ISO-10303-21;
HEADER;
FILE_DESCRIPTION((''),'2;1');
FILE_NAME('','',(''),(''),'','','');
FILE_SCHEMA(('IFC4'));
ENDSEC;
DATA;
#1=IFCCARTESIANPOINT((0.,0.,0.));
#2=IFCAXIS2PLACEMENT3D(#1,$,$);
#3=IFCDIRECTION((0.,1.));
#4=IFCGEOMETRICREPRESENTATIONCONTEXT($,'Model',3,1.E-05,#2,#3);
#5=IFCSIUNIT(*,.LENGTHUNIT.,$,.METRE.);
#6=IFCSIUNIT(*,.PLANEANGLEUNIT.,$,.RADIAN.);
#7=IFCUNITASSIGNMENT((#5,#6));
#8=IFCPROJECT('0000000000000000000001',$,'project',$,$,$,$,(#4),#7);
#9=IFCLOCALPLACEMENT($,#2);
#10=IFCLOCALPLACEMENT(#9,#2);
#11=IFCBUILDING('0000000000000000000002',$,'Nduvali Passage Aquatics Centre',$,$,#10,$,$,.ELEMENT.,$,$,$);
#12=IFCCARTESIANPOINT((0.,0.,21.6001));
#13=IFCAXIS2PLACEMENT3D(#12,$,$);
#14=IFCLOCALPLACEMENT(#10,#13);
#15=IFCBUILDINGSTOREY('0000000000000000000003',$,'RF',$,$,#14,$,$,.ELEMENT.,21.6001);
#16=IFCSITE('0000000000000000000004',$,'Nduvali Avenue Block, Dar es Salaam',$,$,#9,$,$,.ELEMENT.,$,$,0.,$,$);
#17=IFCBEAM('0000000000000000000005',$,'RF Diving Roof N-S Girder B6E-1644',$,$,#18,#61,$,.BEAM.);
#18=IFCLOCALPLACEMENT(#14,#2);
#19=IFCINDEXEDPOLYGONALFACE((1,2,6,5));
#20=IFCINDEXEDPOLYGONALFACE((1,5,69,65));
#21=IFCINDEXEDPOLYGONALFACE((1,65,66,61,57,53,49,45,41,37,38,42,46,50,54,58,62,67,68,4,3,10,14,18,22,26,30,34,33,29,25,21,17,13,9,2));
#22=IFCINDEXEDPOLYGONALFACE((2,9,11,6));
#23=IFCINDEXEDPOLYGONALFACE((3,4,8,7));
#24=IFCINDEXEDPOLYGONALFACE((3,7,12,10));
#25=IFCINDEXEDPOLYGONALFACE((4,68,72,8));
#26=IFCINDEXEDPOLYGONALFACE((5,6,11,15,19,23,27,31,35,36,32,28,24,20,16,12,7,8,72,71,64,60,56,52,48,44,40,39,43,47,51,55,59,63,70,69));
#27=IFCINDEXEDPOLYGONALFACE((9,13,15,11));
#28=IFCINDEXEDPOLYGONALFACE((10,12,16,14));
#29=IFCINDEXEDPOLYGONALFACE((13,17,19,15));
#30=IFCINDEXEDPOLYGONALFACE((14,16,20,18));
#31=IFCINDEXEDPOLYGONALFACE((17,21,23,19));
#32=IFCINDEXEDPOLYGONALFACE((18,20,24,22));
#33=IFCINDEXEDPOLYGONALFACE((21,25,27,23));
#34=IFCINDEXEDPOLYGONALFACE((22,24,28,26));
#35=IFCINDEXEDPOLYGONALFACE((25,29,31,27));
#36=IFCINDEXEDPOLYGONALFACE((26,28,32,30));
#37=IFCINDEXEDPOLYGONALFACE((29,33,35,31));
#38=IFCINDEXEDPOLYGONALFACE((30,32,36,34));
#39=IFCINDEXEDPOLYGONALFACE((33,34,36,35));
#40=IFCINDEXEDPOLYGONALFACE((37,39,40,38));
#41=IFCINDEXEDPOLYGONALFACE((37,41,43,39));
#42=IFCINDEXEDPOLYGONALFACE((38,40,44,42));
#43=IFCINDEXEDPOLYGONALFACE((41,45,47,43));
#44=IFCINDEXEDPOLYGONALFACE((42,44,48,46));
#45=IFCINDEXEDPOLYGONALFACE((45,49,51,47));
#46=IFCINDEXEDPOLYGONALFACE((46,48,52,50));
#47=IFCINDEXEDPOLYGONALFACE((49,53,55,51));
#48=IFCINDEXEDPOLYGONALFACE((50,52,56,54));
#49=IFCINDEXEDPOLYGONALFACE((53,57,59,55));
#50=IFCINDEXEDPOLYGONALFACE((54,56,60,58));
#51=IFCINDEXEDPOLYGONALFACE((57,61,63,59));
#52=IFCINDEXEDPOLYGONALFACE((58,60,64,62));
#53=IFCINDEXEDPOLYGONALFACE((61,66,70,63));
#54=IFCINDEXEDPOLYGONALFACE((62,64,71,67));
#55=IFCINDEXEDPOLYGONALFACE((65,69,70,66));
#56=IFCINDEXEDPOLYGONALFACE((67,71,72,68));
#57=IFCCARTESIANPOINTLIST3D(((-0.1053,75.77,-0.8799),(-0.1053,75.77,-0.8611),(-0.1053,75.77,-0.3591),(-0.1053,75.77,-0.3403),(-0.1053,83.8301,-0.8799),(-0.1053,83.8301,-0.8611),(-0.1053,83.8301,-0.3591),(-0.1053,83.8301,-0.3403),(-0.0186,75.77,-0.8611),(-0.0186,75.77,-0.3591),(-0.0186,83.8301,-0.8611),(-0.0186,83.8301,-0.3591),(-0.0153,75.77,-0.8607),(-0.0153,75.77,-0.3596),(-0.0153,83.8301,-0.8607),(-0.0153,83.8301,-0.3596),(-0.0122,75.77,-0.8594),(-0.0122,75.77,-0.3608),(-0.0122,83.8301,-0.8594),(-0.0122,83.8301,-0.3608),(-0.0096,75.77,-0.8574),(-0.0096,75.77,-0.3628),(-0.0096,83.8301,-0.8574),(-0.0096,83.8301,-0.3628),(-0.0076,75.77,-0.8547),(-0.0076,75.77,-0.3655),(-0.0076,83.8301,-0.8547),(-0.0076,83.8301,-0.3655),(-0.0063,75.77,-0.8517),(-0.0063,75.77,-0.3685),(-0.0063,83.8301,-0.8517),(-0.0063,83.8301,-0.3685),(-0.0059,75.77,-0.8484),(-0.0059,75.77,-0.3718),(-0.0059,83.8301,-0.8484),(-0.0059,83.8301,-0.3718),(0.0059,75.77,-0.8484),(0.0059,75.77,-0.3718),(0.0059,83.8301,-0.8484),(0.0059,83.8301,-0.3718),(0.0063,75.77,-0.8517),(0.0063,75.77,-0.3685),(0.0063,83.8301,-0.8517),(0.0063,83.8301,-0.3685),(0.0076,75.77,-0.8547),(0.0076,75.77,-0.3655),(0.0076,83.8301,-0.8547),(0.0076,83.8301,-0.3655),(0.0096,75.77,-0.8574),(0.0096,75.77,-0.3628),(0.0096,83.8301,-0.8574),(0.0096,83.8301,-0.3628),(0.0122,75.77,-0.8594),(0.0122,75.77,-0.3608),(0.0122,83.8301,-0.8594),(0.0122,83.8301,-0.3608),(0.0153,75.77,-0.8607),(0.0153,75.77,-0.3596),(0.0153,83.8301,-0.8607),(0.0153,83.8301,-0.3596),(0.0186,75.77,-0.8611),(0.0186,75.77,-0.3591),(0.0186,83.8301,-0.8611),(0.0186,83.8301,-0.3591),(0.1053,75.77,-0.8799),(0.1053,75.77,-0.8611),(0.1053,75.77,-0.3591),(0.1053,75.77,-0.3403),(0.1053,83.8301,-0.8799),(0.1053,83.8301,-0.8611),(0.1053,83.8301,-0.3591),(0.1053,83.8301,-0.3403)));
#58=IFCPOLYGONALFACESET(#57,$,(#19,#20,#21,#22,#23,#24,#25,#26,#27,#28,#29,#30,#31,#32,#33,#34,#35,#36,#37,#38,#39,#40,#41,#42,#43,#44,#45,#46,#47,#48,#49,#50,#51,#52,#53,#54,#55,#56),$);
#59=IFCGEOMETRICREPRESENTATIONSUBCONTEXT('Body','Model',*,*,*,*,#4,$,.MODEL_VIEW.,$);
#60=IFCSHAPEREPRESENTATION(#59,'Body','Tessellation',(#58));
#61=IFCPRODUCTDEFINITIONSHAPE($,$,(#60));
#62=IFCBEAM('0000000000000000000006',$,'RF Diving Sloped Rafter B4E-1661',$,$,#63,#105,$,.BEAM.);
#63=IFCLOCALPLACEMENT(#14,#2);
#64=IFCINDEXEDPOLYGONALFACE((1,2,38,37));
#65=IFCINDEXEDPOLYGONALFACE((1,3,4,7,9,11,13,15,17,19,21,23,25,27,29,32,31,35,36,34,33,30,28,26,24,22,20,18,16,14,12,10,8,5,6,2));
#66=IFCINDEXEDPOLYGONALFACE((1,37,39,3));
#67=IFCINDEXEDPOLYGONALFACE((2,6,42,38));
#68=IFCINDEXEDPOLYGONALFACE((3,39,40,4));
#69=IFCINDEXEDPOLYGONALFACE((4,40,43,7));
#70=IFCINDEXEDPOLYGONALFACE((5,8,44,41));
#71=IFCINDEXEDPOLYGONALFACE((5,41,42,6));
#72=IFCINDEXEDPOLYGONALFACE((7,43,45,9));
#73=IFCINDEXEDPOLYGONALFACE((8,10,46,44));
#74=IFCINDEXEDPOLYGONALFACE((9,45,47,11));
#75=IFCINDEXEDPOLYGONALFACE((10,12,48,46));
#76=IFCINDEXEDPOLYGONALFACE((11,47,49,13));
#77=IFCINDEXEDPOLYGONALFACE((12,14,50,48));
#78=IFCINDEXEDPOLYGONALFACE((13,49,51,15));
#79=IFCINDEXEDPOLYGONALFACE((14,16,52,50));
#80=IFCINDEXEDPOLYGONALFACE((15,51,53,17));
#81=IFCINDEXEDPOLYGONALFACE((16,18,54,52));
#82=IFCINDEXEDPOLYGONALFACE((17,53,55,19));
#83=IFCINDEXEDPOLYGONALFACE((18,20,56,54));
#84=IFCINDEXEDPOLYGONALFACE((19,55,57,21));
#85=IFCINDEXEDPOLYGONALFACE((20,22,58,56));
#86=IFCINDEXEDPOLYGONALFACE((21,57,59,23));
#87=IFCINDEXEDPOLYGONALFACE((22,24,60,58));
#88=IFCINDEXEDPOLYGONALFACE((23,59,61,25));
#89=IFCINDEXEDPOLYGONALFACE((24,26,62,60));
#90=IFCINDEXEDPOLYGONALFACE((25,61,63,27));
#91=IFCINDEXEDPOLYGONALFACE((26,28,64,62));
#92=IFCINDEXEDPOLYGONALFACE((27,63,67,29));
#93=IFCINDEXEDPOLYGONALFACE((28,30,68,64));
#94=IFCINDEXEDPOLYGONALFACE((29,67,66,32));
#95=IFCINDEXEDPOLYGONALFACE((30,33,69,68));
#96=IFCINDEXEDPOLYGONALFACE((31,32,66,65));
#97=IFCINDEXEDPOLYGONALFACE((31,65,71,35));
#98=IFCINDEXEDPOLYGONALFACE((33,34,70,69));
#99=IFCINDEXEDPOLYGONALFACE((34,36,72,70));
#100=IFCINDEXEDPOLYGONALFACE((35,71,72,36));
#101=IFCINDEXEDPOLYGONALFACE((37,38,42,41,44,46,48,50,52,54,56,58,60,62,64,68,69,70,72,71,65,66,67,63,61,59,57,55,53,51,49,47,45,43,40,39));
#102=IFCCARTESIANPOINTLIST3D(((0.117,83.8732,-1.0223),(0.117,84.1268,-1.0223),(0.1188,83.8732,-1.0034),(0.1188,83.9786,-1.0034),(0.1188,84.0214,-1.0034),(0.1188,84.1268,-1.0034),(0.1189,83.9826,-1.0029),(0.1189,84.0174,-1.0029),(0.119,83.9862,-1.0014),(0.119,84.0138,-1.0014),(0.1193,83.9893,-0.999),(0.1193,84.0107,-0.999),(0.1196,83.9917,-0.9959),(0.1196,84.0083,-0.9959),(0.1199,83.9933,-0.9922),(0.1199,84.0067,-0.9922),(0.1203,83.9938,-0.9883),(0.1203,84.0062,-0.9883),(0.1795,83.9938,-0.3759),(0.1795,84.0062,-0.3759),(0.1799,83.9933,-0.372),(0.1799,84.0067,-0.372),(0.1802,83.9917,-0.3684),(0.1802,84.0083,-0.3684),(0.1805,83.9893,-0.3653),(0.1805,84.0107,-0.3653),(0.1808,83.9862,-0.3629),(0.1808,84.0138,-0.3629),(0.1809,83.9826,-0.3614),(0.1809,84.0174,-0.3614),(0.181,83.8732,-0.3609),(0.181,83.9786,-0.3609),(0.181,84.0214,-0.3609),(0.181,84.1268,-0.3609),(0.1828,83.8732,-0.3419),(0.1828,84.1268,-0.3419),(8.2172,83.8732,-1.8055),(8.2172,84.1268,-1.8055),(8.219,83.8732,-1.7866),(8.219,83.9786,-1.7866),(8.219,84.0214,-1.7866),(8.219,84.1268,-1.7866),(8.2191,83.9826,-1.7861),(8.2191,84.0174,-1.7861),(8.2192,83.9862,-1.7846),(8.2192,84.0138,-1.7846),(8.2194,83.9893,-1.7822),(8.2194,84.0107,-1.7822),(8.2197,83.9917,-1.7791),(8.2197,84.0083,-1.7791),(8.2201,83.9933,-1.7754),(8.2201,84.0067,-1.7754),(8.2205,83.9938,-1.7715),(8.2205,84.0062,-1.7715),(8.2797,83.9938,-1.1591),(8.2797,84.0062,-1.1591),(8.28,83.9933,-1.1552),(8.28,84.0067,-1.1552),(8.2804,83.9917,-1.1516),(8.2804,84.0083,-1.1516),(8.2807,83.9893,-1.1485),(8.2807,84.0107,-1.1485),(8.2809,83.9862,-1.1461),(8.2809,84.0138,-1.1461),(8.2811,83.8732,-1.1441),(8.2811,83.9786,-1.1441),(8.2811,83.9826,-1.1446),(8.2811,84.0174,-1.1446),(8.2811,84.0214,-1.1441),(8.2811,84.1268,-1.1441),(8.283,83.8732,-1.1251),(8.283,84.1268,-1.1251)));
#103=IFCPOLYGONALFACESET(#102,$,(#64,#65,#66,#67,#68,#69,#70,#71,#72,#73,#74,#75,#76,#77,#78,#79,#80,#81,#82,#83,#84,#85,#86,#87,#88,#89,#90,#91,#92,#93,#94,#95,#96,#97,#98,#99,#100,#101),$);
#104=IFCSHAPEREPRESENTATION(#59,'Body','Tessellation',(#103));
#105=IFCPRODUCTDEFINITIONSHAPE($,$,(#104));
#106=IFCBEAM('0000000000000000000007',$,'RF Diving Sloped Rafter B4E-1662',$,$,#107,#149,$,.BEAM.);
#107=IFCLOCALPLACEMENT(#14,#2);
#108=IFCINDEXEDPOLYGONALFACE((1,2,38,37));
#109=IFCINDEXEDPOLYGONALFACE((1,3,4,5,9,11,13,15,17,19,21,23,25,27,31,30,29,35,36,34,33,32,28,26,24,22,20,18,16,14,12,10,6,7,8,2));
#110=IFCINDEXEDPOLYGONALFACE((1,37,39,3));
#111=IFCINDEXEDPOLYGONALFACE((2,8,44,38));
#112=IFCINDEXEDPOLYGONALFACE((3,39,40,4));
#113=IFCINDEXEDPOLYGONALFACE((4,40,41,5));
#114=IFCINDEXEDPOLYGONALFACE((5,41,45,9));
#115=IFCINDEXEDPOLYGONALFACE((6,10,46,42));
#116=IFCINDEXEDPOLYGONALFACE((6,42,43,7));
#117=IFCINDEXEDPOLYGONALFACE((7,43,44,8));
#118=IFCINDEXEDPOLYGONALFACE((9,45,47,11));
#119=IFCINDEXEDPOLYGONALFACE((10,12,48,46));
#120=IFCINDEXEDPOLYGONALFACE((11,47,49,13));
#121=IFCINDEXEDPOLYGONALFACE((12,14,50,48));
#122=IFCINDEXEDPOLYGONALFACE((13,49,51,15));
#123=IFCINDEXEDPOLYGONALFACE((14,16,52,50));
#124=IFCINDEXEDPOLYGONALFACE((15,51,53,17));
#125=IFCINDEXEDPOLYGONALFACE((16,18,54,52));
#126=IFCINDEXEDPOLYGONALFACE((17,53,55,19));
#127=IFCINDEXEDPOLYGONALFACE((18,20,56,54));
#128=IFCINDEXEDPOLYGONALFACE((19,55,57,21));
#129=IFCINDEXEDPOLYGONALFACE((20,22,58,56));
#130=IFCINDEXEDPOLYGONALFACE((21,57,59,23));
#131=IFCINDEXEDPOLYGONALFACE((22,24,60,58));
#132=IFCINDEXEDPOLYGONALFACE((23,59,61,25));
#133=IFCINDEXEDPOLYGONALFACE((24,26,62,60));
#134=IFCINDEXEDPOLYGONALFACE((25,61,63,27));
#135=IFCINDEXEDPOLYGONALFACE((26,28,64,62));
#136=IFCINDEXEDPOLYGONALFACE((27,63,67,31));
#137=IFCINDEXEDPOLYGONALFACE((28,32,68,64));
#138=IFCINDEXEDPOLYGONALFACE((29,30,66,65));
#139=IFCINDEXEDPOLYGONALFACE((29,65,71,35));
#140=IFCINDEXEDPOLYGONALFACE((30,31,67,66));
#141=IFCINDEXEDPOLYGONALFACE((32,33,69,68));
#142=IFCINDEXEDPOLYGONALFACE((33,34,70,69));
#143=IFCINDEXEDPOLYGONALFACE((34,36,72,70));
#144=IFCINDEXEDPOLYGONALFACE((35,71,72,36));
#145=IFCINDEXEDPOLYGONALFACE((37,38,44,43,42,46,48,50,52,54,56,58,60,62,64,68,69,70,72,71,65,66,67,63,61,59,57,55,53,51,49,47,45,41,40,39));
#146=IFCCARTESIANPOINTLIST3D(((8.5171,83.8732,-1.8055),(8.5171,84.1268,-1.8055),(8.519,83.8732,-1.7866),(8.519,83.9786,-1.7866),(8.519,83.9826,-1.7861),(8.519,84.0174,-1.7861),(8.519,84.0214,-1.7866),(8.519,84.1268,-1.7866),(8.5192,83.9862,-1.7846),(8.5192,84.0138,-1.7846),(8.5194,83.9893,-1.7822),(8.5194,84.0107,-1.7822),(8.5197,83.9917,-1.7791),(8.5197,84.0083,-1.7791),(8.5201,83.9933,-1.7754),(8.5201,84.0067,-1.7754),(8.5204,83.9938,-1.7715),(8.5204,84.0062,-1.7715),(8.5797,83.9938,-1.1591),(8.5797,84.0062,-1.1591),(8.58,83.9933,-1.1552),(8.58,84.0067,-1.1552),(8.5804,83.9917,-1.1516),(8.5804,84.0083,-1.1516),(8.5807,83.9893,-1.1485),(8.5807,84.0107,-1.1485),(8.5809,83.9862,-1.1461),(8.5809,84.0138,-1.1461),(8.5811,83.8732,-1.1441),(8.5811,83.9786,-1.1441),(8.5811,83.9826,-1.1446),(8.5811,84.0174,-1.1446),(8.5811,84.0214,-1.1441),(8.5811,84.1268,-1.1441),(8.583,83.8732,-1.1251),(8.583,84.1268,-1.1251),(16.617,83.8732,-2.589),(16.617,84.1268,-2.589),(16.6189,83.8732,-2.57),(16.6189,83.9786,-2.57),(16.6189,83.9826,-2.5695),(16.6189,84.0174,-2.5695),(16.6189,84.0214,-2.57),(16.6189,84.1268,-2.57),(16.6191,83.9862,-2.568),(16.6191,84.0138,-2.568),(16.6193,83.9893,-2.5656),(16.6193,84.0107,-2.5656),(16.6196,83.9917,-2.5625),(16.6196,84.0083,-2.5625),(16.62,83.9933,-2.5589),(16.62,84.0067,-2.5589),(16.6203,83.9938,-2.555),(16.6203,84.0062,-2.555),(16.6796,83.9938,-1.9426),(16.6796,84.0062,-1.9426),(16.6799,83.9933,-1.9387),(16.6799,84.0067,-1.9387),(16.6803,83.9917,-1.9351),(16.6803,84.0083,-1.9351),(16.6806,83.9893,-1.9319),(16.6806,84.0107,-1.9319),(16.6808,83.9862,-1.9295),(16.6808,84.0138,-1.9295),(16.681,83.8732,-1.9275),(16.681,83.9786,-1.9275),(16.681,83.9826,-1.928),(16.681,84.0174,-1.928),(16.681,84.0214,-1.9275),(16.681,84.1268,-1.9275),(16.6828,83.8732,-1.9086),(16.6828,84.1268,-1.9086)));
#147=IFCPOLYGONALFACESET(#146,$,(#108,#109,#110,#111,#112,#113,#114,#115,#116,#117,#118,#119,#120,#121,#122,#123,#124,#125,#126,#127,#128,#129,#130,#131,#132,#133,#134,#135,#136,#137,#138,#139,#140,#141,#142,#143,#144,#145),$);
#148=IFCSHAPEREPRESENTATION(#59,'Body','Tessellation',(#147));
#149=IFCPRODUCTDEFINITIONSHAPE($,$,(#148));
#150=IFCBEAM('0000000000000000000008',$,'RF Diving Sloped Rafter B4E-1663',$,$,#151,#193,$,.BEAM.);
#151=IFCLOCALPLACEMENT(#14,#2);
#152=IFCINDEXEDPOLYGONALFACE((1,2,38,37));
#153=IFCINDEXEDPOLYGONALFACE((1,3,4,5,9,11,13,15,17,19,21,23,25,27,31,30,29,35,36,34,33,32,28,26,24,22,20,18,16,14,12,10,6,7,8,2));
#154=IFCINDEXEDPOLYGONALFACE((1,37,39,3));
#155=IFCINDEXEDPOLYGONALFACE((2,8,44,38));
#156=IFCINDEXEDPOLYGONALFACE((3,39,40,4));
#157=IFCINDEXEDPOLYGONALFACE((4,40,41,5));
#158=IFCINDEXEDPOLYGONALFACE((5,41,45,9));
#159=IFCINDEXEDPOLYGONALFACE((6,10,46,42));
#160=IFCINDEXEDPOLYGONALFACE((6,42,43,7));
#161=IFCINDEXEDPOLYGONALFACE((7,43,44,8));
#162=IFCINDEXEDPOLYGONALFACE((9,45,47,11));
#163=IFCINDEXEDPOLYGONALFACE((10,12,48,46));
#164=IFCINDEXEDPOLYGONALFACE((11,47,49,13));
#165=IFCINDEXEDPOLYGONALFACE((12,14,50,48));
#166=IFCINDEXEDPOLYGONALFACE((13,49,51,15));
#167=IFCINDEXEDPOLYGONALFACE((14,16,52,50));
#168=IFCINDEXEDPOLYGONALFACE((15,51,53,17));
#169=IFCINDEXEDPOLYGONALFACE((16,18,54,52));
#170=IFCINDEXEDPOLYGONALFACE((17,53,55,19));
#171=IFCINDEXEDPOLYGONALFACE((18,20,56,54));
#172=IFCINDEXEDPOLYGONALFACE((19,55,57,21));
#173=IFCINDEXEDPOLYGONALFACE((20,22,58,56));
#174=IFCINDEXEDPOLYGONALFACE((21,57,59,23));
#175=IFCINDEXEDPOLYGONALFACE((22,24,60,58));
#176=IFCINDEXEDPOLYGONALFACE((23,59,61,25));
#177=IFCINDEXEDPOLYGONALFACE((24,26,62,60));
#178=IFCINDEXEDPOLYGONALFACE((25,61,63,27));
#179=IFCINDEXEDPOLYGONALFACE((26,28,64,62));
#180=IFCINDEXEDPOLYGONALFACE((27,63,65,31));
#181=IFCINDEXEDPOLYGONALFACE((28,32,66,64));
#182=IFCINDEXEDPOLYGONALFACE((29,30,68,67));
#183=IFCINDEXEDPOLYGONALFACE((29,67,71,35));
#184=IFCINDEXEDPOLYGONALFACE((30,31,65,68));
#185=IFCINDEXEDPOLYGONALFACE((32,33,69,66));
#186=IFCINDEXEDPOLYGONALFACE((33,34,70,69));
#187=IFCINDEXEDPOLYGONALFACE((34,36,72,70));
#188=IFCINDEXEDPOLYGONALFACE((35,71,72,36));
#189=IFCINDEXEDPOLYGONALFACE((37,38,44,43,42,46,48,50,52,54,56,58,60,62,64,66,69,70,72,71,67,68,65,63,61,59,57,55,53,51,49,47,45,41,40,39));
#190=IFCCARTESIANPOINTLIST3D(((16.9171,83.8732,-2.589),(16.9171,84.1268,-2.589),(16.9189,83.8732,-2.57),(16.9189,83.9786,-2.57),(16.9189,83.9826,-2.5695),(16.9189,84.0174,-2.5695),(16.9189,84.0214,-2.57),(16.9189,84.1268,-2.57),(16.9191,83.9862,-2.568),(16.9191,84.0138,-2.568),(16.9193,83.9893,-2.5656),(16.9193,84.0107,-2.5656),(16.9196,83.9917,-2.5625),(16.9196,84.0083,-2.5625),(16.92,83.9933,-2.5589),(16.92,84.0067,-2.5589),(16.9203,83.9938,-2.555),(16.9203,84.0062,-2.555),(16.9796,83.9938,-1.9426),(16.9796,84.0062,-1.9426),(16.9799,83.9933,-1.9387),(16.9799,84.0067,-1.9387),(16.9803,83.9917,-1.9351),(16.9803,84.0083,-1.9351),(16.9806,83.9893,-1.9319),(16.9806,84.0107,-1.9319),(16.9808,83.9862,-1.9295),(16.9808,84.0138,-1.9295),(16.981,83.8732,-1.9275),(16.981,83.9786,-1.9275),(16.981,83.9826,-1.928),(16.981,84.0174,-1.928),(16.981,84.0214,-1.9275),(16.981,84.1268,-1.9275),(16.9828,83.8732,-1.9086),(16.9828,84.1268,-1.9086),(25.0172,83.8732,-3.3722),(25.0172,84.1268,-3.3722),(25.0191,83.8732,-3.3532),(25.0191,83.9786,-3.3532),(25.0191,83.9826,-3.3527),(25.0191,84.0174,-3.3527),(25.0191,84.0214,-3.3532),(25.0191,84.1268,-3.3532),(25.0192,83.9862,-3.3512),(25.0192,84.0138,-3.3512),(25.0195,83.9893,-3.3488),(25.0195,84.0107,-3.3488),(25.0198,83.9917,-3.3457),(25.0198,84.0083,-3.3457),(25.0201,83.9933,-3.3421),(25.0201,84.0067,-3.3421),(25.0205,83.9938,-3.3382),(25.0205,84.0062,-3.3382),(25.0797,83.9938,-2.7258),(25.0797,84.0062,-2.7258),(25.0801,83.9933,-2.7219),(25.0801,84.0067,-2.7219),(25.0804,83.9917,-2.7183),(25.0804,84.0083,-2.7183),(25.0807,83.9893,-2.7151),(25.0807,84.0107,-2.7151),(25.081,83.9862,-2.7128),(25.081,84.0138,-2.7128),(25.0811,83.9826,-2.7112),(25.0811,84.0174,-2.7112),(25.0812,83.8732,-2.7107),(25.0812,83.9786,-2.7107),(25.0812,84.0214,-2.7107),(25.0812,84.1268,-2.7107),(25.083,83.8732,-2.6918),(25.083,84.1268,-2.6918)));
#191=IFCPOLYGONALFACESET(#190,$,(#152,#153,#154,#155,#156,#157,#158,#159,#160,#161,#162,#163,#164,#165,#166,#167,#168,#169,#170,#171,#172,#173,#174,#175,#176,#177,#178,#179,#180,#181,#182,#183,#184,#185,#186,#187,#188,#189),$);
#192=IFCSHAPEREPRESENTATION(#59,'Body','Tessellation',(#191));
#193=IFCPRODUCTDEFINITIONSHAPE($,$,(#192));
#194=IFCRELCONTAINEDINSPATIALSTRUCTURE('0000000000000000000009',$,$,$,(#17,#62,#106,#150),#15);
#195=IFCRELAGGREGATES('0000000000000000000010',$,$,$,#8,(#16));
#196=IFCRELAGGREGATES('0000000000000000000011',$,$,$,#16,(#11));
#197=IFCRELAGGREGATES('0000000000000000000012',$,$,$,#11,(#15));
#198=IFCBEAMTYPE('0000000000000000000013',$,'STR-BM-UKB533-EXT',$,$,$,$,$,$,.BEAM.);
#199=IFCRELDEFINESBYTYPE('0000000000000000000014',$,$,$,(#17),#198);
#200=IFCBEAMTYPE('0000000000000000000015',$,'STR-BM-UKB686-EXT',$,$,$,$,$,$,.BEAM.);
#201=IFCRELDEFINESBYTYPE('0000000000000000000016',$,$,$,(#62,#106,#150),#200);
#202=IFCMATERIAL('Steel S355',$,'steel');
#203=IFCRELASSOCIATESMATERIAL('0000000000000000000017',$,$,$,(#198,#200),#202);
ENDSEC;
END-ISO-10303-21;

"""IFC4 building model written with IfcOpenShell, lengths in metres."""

from ifc_helpers import new_model, si_unit, direction, frame, origin, origin_2d, place, context, subcontext, project, spatial, i_section, extrude, material, material_profile, profile_set, type_object, element, save


model = new_model("IFC4")

# Units and contexts
model_context = context("Model", 3, precision=1e-05, world=origin(), true_north=direction((0.0, 1.0)))
body_context = subcontext(model_context, "Body", "Model", "MODEL_VIEW")
ifc_project = project(units=[si_unit("LENGTHUNIT", "METRE"), si_unit("PLANEANGLEUNIT", "RADIAN")], contexts=[model_context])

# Site, building, storey
site_placement = place(None, origin())
site = spatial("IfcSite", under=ifc_project, at=site_placement, Name="Nduvali Avenue Block, Dar es Salaam", CompositionType="ELEMENT", RefElevation=0.0)
building_placement = place(site_placement, origin())
building = spatial("IfcBuilding", under=site, at=building_placement, Name="Nduvali Passage Aquatics Centre", CompositionType="ELEMENT")
storey_placement = place(building_placement, frame((0.0, 0.0, 21.6001)))
storey = spatial("IfcBuildingStorey", under=building, at=storey_placement, Name="RF", CompositionType="ELEMENT", Elevation=21.6001)

# Beams
ifc_material_1 = material(Name="Steel S355", Category="steel")
ifc_material_profile_1 = material_profile(ifc_material_1, i_section(OverallWidth=0.2107, OverallDepth=0.5396, WebThickness=0.0117, FlangeThickness=0.0188, FilletRadius=0.0127, at=origin_2d()), Name="UKB 533x210x109")
ifc_profile_set_1 = profile_set([ifc_material_profile_1], Name="Steel S355")
beam_type_1 = type_object("IfcBeamType", Name="STR-BM-UKB533-EXT", PredefinedType="BEAM", material=ifc_profile_set_1)
beam_1_placement = place(storey_placement, frame((0.0, 75.77, -0.6101), z_axis=(0.0, 1.0, 0.0), x_axis=(-1.0, 0.0, 0.0)))
element("IfcBeam", 1, at=beam_1_placement, inside=storey, type_object=beam_type_1, Name="RF Diving Roof N-S Girder B6E-1644", PredefinedType="BEAM", context=body_context, shape_type="SweptSolid", body=[
    extrude(i_section(OverallWidth=0.2107, OverallDepth=0.5396, WebThickness=0.0117, FlangeThickness=0.0188, FilletRadius=0.0127, at=origin_2d()), origin(), (0.0, 0.0, 1.0), 8.0601),
])
ifc_material_profile_2 = material_profile(ifc_material_1, i_section(OverallWidth=0.2537, OverallDepth=0.6836, WebThickness=0.0125, FlangeThickness=0.019, FilletRadius=0.0151, at=origin_2d()), Name="UKB 686x254x140")
ifc_profile_set_2 = profile_set([ifc_material_profile_2], Name="Steel S355")
beam_type_2 = type_object("IfcBeamType", Name="STR-BM-UKB686-EXT", PredefinedType="BEAM", material=ifc_profile_set_2)
beam_2_placement = place(storey_placement, frame((0.1499, 84.0, -0.6821), z_axis=(0.995358, 0.0, -0.096242), x_axis=(0.0, 1.0, 0.0)))
element("IfcBeam", 2, at=beam_2_placement, inside=storey, type_object=beam_type_2, Name="RF Diving Sloped Rafter B4E-1661", PredefinedType="BEAM", context=body_context, shape_type="SweptSolid", body=[
    extrude(i_section(OverallWidth=0.2537, OverallDepth=0.6836, WebThickness=0.0125, FlangeThickness=0.019, FilletRadius=0.0151, at=origin_2d()), origin(), (0.0, 0.0, 1.0), 8.1379),
])
beam_3_placement = place(storey_placement, frame((8.55, 84.0, -1.4653), z_axis=(0.995355, 0.0, -0.096274), x_axis=(0.0, 1.0, 0.0)))
element("IfcBeam", 3, at=beam_3_placement, inside=storey, type_object=beam_type_2, Name="RF Diving Sloped Rafter B4E-1662", PredefinedType="BEAM", context=body_context, shape_type="SweptSolid", body=[
    extrude(i_section(OverallWidth=0.2537, OverallDepth=0.6836, WebThickness=0.0125, FlangeThickness=0.019, FilletRadius=0.0151, at=origin_2d()), origin(), (0.0, 0.0, 1.0), 8.1377),
])
beam_4_placement = place(storey_placement, frame((16.95, 84.0, -2.2488), z_axis=(0.995358, 0.0, -0.096242), x_axis=(0.0, 1.0, 0.0)))
element("IfcBeam", 4, at=beam_4_placement, inside=storey, type_object=beam_type_2, Name="RF Diving Sloped Rafter B4E-1663", PredefinedType="BEAM", context=body_context, shape_type="SweptSolid", body=[
    extrude(i_section(OverallWidth=0.2537, OverallDepth=0.6836, WebThickness=0.0125, FlangeThickness=0.019, FilletRadius=0.0151, at=origin_2d()), origin(), (0.0, 0.0, 1.0), 8.1379),
])

save(model, "model.ifc")
